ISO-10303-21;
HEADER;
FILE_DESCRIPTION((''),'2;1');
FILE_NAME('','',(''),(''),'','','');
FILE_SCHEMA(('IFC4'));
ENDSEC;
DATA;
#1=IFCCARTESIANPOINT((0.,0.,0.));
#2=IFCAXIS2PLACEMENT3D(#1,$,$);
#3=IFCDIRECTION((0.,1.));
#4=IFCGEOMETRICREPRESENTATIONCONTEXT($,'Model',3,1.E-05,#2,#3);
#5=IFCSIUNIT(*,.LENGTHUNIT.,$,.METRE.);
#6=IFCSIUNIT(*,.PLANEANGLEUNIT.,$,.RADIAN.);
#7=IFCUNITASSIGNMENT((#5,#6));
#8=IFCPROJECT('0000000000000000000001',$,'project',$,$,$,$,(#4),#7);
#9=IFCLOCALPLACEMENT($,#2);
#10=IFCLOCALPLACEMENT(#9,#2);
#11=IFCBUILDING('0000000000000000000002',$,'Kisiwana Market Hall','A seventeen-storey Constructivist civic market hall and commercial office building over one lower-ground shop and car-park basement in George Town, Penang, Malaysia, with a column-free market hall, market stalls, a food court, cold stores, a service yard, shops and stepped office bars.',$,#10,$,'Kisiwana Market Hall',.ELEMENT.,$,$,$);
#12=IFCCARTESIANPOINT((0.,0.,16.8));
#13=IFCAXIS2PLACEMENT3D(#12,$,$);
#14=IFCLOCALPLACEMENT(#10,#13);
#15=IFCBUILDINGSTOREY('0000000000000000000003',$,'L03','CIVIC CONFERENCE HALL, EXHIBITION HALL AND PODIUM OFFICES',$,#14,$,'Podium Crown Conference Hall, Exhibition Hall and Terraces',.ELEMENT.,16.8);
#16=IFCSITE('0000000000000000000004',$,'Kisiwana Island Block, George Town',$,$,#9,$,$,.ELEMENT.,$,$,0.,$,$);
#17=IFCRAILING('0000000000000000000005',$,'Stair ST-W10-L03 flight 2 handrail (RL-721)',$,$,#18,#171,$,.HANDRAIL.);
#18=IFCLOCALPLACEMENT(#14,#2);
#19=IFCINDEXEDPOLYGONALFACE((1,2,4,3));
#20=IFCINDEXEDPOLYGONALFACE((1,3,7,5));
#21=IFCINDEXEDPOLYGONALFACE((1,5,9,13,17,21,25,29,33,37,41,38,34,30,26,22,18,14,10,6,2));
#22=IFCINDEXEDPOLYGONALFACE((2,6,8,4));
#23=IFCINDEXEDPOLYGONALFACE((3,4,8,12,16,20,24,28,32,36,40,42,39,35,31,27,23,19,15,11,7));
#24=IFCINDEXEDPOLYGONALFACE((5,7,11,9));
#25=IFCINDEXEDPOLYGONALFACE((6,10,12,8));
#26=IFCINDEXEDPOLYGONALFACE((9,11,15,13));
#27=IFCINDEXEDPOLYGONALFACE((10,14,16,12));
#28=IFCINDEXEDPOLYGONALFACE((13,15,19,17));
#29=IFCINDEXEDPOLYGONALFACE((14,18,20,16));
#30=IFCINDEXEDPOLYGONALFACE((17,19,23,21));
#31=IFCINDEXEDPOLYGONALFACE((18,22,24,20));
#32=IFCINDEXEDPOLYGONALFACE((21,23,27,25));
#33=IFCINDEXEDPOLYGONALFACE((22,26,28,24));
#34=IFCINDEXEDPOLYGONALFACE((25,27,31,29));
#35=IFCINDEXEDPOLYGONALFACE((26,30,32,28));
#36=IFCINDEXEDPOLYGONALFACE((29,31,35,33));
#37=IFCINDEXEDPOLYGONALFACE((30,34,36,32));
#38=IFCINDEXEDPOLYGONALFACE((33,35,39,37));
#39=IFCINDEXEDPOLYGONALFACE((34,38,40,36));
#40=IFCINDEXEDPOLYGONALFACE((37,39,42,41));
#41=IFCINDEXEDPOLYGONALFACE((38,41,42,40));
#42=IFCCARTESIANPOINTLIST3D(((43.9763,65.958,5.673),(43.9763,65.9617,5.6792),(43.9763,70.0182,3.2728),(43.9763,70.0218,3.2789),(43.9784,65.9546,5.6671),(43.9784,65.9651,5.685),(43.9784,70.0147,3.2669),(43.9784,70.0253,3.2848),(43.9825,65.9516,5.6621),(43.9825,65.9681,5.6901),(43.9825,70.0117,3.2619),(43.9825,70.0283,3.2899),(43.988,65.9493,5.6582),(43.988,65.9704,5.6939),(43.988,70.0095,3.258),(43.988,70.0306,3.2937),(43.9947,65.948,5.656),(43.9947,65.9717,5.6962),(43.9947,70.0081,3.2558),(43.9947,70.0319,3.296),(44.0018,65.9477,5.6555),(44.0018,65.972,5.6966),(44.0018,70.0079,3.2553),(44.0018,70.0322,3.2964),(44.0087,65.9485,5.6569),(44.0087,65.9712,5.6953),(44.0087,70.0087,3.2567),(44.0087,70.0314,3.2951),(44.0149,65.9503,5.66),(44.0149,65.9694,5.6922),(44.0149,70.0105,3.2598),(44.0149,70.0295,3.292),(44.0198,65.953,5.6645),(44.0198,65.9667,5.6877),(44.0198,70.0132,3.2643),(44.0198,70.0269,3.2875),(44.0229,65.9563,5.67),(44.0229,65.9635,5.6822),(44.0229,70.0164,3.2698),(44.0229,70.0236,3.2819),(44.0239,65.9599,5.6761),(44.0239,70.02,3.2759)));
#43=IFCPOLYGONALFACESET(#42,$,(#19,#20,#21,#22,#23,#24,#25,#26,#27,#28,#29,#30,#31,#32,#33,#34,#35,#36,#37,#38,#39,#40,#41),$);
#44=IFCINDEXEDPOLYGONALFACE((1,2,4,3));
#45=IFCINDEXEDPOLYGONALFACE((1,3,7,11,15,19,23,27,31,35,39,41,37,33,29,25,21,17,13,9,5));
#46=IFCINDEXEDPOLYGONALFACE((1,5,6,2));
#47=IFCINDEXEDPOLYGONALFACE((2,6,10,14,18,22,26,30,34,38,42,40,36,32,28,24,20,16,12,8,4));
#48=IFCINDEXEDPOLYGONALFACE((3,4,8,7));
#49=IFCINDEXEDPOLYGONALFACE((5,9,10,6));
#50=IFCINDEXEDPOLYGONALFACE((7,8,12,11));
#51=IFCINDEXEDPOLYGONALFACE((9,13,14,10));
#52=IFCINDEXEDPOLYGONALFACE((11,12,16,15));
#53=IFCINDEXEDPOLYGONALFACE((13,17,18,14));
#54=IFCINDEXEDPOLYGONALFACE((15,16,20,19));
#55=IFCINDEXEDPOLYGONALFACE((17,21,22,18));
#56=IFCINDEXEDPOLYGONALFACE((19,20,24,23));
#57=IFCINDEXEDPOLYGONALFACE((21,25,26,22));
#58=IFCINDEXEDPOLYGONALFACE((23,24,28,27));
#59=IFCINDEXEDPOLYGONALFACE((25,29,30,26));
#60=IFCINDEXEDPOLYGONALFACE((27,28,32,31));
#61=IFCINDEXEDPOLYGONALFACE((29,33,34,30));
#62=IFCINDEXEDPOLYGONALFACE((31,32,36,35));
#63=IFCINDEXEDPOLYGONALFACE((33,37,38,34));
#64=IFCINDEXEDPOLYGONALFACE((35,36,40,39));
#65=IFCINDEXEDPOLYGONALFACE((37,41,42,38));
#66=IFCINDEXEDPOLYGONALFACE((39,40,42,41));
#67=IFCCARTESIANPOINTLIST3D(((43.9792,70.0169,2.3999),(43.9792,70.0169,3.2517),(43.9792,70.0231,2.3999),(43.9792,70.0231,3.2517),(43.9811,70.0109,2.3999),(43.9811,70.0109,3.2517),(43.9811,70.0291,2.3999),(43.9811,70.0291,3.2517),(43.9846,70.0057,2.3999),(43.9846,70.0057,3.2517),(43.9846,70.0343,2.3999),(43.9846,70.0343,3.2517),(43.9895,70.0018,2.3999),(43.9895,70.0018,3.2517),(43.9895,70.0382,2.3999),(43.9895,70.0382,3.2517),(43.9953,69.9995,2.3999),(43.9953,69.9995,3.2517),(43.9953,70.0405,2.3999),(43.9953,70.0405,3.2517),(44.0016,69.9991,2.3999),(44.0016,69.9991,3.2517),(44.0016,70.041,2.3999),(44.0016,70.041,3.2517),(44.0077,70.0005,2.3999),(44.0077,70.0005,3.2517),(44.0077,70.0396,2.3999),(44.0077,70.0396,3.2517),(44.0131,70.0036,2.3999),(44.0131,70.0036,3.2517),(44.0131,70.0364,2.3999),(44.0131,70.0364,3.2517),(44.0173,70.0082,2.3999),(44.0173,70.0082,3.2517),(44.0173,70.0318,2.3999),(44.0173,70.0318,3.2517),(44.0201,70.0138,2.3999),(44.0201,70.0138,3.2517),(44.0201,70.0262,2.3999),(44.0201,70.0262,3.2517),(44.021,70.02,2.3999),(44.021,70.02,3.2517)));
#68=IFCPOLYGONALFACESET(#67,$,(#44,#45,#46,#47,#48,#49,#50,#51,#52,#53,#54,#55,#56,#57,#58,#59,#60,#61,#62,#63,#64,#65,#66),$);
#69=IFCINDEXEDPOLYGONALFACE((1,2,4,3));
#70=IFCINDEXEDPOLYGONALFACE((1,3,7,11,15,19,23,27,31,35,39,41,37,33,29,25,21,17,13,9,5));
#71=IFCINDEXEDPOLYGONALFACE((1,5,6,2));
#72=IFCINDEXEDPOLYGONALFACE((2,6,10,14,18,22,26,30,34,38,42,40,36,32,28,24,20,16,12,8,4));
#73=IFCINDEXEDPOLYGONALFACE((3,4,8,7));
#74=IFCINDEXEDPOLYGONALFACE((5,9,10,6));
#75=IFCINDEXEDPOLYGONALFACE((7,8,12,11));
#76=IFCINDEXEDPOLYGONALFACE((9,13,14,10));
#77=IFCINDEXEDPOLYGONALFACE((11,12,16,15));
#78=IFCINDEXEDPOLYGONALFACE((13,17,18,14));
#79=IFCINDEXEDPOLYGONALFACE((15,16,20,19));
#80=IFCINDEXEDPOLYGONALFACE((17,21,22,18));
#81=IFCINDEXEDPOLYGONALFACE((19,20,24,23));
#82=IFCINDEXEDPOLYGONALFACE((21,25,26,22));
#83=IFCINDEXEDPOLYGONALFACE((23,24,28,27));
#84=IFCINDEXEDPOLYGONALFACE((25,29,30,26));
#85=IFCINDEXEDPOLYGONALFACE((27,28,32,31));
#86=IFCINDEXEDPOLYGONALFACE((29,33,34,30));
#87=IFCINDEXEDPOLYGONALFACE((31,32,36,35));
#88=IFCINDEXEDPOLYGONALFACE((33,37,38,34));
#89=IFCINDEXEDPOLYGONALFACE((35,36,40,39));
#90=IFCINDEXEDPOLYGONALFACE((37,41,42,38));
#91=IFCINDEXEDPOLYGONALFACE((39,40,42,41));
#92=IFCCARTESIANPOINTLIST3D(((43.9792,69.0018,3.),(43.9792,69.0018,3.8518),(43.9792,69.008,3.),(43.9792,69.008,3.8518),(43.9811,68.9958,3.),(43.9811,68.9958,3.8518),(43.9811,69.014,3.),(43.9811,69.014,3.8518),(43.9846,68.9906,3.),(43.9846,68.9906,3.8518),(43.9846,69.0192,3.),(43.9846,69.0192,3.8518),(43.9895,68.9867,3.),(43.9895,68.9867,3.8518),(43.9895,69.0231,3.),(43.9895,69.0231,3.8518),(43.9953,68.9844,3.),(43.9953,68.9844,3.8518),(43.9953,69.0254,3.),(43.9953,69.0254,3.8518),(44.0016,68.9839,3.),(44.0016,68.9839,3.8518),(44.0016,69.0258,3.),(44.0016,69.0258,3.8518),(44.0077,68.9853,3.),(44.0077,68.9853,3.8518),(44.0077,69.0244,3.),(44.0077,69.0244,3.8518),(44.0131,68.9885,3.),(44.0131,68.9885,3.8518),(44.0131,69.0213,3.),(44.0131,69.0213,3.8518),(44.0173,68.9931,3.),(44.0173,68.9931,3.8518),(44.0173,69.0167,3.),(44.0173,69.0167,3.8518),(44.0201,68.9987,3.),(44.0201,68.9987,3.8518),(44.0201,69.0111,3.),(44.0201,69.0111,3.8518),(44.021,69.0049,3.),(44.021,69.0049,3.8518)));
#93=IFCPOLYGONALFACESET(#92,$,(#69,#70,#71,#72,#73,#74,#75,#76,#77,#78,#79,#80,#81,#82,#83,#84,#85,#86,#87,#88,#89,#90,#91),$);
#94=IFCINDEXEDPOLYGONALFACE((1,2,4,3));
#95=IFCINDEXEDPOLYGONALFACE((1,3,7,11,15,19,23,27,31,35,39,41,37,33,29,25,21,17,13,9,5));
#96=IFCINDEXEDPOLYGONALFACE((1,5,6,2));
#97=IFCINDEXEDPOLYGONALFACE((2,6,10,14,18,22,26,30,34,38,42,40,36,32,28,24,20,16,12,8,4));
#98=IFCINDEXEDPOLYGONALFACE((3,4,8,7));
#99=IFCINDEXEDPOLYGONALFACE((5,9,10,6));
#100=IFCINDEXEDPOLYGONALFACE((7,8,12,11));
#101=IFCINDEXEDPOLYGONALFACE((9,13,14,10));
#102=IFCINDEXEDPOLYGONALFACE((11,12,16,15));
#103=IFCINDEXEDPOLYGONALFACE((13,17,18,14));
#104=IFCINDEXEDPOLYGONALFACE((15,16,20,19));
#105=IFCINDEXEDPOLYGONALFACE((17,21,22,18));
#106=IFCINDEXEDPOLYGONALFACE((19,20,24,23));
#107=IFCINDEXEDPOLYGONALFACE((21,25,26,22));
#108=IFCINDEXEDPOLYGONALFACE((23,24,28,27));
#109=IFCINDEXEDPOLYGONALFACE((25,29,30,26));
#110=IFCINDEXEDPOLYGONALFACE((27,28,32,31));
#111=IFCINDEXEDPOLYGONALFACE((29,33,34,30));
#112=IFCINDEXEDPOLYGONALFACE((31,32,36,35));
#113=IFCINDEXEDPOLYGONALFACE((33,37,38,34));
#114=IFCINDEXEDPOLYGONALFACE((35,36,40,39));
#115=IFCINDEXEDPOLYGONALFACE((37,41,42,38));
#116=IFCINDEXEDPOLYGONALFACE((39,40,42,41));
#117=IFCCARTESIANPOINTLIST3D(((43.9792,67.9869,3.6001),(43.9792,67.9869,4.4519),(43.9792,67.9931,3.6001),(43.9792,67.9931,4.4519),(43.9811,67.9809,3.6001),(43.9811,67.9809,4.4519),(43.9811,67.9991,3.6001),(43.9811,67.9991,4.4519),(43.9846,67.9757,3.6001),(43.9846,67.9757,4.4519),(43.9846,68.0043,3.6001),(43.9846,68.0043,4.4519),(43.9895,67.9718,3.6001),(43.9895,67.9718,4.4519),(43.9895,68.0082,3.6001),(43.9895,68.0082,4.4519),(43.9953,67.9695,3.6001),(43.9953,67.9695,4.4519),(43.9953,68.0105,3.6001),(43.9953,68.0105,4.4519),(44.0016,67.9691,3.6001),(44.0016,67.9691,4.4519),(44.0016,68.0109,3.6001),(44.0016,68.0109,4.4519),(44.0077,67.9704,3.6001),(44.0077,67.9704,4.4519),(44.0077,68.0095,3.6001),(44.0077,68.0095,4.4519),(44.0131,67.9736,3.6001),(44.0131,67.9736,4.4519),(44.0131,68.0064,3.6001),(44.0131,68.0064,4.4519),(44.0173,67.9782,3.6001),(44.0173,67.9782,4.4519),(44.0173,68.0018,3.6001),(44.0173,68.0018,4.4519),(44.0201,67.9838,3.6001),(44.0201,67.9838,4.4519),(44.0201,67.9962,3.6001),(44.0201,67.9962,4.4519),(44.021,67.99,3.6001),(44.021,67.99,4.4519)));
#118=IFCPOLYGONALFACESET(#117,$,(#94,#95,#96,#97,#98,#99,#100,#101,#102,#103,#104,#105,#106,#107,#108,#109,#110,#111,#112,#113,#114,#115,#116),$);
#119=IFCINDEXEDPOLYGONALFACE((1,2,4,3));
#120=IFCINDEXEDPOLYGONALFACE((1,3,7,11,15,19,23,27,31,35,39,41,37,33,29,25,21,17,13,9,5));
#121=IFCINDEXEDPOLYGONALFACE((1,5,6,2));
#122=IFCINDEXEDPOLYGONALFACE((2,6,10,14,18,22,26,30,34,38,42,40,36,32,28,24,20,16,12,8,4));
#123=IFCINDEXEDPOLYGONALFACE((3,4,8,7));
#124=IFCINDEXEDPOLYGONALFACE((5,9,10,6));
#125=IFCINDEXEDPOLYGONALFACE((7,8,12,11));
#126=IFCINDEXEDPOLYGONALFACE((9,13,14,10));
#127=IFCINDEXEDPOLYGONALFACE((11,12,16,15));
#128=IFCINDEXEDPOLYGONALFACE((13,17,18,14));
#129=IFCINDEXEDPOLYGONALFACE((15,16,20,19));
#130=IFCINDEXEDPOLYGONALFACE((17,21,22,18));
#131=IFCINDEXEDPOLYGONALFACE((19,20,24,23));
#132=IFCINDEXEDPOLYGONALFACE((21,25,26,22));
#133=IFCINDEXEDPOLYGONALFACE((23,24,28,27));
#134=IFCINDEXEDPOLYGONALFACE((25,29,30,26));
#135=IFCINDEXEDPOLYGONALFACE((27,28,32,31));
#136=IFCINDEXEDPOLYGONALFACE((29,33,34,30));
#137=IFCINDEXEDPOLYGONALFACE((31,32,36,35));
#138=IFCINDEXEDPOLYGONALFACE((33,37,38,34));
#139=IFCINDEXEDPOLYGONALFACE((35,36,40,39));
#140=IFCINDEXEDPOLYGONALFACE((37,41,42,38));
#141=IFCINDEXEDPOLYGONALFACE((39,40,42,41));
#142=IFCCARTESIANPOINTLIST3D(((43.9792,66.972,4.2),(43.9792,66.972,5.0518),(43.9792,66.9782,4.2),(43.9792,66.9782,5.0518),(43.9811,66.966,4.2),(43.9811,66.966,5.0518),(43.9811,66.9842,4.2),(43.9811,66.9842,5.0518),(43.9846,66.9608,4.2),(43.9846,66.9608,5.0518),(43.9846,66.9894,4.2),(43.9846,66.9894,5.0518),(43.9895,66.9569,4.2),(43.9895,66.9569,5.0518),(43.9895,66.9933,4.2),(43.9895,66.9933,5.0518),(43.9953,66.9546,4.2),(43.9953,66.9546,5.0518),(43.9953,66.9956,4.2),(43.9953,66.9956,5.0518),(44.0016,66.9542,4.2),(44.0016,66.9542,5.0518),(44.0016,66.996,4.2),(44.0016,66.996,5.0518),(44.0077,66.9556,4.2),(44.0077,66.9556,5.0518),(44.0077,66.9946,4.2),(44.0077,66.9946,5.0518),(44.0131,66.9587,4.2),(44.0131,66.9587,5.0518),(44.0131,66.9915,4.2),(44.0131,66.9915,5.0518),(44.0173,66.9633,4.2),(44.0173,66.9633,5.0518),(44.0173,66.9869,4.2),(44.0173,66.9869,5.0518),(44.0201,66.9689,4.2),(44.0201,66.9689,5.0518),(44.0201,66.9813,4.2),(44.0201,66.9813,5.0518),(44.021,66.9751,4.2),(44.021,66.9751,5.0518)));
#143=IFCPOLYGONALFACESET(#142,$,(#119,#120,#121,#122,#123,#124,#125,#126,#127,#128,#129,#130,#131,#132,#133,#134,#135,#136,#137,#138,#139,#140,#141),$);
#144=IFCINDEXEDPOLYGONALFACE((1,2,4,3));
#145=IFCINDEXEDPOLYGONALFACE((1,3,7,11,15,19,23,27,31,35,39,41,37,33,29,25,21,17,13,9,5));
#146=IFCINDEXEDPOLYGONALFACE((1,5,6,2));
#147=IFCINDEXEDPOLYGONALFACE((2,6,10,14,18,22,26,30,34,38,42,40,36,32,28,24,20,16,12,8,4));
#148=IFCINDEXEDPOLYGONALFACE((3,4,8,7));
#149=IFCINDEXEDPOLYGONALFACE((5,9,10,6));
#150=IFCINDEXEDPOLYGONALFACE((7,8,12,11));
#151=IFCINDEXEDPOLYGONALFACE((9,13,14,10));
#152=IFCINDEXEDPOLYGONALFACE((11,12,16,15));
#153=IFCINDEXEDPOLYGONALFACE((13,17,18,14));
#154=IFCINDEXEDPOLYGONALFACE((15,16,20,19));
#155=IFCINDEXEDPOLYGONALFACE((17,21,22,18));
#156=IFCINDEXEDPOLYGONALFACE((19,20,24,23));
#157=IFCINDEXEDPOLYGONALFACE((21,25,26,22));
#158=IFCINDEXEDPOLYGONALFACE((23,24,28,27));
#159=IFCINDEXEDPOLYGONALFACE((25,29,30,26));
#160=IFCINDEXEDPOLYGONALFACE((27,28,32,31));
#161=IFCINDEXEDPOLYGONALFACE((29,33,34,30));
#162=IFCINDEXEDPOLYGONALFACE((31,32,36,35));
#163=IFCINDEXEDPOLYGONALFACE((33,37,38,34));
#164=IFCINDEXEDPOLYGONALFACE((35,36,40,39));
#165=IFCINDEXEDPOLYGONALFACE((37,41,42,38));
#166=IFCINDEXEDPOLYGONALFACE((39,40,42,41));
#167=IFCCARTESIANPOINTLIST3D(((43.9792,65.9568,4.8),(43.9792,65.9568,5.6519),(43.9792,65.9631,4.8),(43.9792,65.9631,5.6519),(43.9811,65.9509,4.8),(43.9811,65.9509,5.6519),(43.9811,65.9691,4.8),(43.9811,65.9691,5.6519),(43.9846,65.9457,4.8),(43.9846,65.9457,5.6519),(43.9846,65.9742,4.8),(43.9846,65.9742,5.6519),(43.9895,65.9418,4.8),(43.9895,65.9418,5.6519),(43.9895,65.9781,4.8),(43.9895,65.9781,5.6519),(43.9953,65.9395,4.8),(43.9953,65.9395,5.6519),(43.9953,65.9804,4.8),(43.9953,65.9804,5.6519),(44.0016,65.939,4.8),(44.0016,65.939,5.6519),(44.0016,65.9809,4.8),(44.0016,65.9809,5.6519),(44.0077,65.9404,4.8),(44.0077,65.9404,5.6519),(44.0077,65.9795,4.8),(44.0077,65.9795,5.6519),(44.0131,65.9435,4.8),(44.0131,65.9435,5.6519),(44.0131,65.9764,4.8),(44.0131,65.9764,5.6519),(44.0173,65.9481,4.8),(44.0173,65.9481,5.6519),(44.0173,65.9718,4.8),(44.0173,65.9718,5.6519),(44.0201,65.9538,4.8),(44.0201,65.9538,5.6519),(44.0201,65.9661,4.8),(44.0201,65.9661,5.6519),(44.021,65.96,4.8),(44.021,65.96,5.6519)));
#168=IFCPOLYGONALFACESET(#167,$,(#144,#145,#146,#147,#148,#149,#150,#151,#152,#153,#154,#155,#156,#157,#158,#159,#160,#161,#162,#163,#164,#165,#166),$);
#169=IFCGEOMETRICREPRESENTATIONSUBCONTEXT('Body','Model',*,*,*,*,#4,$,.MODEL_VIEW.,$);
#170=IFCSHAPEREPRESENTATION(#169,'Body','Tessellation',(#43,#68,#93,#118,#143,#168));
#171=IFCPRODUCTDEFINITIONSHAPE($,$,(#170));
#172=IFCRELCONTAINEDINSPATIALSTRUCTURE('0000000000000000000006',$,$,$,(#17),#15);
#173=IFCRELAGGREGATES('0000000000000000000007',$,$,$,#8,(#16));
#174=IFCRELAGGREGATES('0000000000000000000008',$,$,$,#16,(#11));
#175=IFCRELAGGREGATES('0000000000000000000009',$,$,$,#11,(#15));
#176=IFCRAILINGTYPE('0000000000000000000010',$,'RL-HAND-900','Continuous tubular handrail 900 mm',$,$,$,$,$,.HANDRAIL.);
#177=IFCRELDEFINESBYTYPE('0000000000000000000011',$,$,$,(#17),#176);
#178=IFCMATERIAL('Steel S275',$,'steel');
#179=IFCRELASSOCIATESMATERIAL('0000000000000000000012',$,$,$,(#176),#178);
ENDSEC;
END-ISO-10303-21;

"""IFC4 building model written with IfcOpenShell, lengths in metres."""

from ifc_helpers import new_model, si_unit, direction, frame, origin, origin_2d, place, context, subcontext, project, spatial, circle, extrude, material, type_object, element, save


model = new_model("IFC4")

# Units and contexts
model_context = context("Model", 3, precision=1e-05, world=origin(), true_north=direction((0.0, 1.0)))
body_context = subcontext(model_context, "Body", "Model", "MODEL_VIEW")
ifc_project = project(units=[si_unit("LENGTHUNIT", "METRE"), si_unit("PLANEANGLEUNIT", "RADIAN")], contexts=[model_context])

# Site, building, storey
site_placement = place(None, origin())
site = spatial("IfcSite", under=ifc_project, at=site_placement, Name="Kisiwana Island Block, George Town", CompositionType="ELEMENT", RefElevation=0.0)
building_placement = place(site_placement, origin())
building = spatial("IfcBuilding", under=site, at=building_placement, Name="Kisiwana Market Hall", Description="A seventeen-storey Constructivist civic market hall and commercial office building over one lower-ground shop and car-park basement in George Town, Penang, Malaysia, with a column-free market hall, market stalls, a food court, cold stores, a service yard, shops and stepped office bars.", LongName="Kisiwana Market Hall", CompositionType="ELEMENT")
storey_placement = place(building_placement, frame((0.0, 0.0, 16.8)))
storey = spatial("IfcBuildingStorey", under=building, at=storey_placement, Name="L03", Description="CIVIC CONFERENCE HALL, EXHIBITION HALL AND PODIUM OFFICES", LongName="Podium Crown Conference Hall, Exhibition Hall and Terraces", CompositionType="ELEMENT", Elevation=16.8)

# Railing
ifc_material_1 = material(Name="Steel S275", Category="steel")
railing_type_1 = type_object("IfcRailingType", Name="RL-HAND-900", Description="Continuous tubular handrail 900 mm", PredefinedType="HANDRAIL", material=ifc_material_1)
railing_1_placement = place(storey_placement, frame((44.0, 70.02, 2.3999)))
element("IfcRailing", 1, at=railing_1_placement, inside=storey, type_object=railing_type_1, Name="Stair ST-W10-L03 flight 2 handrail (RL-721)", PredefinedType="HANDRAIL", context=body_context, shape_type="SweptSolid", body=[
    extrude(circle(Radius=0.0239, at=origin_2d()), frame((0.0, 0.0, 0.876), z_axis=(0.0, -0.860832, 0.50889), x_axis=(1.0, 0.0, 0.0)), (0.0, 0.0, 1.0), 4.7166),
    extrude(circle(Radius=0.021, at=origin_2d()), origin(), (0.0, 0.0, 1.0), 0.8518),
    extrude(circle(Radius=0.021, at=origin_2d()), frame((0.0, -1.0151, 0.6001)), (0.0, 0.0, 1.0), 0.8518),
    extrude(circle(Radius=0.021, at=origin_2d()), frame((0.0, -2.03, 1.2002)), (0.0, 0.0, 1.0), 0.8518),
    extrude(circle(Radius=0.021, at=origin_2d()), frame((0.0, -3.0449, 1.8)), (0.0, 0.0, 1.0), 0.8518),
    extrude(circle(Radius=0.021, at=origin_2d()), frame((0.0, -4.0601, 2.4001)), (0.0, 0.0, 1.0), 0.8518),
])

save(model, "model.ifc")
